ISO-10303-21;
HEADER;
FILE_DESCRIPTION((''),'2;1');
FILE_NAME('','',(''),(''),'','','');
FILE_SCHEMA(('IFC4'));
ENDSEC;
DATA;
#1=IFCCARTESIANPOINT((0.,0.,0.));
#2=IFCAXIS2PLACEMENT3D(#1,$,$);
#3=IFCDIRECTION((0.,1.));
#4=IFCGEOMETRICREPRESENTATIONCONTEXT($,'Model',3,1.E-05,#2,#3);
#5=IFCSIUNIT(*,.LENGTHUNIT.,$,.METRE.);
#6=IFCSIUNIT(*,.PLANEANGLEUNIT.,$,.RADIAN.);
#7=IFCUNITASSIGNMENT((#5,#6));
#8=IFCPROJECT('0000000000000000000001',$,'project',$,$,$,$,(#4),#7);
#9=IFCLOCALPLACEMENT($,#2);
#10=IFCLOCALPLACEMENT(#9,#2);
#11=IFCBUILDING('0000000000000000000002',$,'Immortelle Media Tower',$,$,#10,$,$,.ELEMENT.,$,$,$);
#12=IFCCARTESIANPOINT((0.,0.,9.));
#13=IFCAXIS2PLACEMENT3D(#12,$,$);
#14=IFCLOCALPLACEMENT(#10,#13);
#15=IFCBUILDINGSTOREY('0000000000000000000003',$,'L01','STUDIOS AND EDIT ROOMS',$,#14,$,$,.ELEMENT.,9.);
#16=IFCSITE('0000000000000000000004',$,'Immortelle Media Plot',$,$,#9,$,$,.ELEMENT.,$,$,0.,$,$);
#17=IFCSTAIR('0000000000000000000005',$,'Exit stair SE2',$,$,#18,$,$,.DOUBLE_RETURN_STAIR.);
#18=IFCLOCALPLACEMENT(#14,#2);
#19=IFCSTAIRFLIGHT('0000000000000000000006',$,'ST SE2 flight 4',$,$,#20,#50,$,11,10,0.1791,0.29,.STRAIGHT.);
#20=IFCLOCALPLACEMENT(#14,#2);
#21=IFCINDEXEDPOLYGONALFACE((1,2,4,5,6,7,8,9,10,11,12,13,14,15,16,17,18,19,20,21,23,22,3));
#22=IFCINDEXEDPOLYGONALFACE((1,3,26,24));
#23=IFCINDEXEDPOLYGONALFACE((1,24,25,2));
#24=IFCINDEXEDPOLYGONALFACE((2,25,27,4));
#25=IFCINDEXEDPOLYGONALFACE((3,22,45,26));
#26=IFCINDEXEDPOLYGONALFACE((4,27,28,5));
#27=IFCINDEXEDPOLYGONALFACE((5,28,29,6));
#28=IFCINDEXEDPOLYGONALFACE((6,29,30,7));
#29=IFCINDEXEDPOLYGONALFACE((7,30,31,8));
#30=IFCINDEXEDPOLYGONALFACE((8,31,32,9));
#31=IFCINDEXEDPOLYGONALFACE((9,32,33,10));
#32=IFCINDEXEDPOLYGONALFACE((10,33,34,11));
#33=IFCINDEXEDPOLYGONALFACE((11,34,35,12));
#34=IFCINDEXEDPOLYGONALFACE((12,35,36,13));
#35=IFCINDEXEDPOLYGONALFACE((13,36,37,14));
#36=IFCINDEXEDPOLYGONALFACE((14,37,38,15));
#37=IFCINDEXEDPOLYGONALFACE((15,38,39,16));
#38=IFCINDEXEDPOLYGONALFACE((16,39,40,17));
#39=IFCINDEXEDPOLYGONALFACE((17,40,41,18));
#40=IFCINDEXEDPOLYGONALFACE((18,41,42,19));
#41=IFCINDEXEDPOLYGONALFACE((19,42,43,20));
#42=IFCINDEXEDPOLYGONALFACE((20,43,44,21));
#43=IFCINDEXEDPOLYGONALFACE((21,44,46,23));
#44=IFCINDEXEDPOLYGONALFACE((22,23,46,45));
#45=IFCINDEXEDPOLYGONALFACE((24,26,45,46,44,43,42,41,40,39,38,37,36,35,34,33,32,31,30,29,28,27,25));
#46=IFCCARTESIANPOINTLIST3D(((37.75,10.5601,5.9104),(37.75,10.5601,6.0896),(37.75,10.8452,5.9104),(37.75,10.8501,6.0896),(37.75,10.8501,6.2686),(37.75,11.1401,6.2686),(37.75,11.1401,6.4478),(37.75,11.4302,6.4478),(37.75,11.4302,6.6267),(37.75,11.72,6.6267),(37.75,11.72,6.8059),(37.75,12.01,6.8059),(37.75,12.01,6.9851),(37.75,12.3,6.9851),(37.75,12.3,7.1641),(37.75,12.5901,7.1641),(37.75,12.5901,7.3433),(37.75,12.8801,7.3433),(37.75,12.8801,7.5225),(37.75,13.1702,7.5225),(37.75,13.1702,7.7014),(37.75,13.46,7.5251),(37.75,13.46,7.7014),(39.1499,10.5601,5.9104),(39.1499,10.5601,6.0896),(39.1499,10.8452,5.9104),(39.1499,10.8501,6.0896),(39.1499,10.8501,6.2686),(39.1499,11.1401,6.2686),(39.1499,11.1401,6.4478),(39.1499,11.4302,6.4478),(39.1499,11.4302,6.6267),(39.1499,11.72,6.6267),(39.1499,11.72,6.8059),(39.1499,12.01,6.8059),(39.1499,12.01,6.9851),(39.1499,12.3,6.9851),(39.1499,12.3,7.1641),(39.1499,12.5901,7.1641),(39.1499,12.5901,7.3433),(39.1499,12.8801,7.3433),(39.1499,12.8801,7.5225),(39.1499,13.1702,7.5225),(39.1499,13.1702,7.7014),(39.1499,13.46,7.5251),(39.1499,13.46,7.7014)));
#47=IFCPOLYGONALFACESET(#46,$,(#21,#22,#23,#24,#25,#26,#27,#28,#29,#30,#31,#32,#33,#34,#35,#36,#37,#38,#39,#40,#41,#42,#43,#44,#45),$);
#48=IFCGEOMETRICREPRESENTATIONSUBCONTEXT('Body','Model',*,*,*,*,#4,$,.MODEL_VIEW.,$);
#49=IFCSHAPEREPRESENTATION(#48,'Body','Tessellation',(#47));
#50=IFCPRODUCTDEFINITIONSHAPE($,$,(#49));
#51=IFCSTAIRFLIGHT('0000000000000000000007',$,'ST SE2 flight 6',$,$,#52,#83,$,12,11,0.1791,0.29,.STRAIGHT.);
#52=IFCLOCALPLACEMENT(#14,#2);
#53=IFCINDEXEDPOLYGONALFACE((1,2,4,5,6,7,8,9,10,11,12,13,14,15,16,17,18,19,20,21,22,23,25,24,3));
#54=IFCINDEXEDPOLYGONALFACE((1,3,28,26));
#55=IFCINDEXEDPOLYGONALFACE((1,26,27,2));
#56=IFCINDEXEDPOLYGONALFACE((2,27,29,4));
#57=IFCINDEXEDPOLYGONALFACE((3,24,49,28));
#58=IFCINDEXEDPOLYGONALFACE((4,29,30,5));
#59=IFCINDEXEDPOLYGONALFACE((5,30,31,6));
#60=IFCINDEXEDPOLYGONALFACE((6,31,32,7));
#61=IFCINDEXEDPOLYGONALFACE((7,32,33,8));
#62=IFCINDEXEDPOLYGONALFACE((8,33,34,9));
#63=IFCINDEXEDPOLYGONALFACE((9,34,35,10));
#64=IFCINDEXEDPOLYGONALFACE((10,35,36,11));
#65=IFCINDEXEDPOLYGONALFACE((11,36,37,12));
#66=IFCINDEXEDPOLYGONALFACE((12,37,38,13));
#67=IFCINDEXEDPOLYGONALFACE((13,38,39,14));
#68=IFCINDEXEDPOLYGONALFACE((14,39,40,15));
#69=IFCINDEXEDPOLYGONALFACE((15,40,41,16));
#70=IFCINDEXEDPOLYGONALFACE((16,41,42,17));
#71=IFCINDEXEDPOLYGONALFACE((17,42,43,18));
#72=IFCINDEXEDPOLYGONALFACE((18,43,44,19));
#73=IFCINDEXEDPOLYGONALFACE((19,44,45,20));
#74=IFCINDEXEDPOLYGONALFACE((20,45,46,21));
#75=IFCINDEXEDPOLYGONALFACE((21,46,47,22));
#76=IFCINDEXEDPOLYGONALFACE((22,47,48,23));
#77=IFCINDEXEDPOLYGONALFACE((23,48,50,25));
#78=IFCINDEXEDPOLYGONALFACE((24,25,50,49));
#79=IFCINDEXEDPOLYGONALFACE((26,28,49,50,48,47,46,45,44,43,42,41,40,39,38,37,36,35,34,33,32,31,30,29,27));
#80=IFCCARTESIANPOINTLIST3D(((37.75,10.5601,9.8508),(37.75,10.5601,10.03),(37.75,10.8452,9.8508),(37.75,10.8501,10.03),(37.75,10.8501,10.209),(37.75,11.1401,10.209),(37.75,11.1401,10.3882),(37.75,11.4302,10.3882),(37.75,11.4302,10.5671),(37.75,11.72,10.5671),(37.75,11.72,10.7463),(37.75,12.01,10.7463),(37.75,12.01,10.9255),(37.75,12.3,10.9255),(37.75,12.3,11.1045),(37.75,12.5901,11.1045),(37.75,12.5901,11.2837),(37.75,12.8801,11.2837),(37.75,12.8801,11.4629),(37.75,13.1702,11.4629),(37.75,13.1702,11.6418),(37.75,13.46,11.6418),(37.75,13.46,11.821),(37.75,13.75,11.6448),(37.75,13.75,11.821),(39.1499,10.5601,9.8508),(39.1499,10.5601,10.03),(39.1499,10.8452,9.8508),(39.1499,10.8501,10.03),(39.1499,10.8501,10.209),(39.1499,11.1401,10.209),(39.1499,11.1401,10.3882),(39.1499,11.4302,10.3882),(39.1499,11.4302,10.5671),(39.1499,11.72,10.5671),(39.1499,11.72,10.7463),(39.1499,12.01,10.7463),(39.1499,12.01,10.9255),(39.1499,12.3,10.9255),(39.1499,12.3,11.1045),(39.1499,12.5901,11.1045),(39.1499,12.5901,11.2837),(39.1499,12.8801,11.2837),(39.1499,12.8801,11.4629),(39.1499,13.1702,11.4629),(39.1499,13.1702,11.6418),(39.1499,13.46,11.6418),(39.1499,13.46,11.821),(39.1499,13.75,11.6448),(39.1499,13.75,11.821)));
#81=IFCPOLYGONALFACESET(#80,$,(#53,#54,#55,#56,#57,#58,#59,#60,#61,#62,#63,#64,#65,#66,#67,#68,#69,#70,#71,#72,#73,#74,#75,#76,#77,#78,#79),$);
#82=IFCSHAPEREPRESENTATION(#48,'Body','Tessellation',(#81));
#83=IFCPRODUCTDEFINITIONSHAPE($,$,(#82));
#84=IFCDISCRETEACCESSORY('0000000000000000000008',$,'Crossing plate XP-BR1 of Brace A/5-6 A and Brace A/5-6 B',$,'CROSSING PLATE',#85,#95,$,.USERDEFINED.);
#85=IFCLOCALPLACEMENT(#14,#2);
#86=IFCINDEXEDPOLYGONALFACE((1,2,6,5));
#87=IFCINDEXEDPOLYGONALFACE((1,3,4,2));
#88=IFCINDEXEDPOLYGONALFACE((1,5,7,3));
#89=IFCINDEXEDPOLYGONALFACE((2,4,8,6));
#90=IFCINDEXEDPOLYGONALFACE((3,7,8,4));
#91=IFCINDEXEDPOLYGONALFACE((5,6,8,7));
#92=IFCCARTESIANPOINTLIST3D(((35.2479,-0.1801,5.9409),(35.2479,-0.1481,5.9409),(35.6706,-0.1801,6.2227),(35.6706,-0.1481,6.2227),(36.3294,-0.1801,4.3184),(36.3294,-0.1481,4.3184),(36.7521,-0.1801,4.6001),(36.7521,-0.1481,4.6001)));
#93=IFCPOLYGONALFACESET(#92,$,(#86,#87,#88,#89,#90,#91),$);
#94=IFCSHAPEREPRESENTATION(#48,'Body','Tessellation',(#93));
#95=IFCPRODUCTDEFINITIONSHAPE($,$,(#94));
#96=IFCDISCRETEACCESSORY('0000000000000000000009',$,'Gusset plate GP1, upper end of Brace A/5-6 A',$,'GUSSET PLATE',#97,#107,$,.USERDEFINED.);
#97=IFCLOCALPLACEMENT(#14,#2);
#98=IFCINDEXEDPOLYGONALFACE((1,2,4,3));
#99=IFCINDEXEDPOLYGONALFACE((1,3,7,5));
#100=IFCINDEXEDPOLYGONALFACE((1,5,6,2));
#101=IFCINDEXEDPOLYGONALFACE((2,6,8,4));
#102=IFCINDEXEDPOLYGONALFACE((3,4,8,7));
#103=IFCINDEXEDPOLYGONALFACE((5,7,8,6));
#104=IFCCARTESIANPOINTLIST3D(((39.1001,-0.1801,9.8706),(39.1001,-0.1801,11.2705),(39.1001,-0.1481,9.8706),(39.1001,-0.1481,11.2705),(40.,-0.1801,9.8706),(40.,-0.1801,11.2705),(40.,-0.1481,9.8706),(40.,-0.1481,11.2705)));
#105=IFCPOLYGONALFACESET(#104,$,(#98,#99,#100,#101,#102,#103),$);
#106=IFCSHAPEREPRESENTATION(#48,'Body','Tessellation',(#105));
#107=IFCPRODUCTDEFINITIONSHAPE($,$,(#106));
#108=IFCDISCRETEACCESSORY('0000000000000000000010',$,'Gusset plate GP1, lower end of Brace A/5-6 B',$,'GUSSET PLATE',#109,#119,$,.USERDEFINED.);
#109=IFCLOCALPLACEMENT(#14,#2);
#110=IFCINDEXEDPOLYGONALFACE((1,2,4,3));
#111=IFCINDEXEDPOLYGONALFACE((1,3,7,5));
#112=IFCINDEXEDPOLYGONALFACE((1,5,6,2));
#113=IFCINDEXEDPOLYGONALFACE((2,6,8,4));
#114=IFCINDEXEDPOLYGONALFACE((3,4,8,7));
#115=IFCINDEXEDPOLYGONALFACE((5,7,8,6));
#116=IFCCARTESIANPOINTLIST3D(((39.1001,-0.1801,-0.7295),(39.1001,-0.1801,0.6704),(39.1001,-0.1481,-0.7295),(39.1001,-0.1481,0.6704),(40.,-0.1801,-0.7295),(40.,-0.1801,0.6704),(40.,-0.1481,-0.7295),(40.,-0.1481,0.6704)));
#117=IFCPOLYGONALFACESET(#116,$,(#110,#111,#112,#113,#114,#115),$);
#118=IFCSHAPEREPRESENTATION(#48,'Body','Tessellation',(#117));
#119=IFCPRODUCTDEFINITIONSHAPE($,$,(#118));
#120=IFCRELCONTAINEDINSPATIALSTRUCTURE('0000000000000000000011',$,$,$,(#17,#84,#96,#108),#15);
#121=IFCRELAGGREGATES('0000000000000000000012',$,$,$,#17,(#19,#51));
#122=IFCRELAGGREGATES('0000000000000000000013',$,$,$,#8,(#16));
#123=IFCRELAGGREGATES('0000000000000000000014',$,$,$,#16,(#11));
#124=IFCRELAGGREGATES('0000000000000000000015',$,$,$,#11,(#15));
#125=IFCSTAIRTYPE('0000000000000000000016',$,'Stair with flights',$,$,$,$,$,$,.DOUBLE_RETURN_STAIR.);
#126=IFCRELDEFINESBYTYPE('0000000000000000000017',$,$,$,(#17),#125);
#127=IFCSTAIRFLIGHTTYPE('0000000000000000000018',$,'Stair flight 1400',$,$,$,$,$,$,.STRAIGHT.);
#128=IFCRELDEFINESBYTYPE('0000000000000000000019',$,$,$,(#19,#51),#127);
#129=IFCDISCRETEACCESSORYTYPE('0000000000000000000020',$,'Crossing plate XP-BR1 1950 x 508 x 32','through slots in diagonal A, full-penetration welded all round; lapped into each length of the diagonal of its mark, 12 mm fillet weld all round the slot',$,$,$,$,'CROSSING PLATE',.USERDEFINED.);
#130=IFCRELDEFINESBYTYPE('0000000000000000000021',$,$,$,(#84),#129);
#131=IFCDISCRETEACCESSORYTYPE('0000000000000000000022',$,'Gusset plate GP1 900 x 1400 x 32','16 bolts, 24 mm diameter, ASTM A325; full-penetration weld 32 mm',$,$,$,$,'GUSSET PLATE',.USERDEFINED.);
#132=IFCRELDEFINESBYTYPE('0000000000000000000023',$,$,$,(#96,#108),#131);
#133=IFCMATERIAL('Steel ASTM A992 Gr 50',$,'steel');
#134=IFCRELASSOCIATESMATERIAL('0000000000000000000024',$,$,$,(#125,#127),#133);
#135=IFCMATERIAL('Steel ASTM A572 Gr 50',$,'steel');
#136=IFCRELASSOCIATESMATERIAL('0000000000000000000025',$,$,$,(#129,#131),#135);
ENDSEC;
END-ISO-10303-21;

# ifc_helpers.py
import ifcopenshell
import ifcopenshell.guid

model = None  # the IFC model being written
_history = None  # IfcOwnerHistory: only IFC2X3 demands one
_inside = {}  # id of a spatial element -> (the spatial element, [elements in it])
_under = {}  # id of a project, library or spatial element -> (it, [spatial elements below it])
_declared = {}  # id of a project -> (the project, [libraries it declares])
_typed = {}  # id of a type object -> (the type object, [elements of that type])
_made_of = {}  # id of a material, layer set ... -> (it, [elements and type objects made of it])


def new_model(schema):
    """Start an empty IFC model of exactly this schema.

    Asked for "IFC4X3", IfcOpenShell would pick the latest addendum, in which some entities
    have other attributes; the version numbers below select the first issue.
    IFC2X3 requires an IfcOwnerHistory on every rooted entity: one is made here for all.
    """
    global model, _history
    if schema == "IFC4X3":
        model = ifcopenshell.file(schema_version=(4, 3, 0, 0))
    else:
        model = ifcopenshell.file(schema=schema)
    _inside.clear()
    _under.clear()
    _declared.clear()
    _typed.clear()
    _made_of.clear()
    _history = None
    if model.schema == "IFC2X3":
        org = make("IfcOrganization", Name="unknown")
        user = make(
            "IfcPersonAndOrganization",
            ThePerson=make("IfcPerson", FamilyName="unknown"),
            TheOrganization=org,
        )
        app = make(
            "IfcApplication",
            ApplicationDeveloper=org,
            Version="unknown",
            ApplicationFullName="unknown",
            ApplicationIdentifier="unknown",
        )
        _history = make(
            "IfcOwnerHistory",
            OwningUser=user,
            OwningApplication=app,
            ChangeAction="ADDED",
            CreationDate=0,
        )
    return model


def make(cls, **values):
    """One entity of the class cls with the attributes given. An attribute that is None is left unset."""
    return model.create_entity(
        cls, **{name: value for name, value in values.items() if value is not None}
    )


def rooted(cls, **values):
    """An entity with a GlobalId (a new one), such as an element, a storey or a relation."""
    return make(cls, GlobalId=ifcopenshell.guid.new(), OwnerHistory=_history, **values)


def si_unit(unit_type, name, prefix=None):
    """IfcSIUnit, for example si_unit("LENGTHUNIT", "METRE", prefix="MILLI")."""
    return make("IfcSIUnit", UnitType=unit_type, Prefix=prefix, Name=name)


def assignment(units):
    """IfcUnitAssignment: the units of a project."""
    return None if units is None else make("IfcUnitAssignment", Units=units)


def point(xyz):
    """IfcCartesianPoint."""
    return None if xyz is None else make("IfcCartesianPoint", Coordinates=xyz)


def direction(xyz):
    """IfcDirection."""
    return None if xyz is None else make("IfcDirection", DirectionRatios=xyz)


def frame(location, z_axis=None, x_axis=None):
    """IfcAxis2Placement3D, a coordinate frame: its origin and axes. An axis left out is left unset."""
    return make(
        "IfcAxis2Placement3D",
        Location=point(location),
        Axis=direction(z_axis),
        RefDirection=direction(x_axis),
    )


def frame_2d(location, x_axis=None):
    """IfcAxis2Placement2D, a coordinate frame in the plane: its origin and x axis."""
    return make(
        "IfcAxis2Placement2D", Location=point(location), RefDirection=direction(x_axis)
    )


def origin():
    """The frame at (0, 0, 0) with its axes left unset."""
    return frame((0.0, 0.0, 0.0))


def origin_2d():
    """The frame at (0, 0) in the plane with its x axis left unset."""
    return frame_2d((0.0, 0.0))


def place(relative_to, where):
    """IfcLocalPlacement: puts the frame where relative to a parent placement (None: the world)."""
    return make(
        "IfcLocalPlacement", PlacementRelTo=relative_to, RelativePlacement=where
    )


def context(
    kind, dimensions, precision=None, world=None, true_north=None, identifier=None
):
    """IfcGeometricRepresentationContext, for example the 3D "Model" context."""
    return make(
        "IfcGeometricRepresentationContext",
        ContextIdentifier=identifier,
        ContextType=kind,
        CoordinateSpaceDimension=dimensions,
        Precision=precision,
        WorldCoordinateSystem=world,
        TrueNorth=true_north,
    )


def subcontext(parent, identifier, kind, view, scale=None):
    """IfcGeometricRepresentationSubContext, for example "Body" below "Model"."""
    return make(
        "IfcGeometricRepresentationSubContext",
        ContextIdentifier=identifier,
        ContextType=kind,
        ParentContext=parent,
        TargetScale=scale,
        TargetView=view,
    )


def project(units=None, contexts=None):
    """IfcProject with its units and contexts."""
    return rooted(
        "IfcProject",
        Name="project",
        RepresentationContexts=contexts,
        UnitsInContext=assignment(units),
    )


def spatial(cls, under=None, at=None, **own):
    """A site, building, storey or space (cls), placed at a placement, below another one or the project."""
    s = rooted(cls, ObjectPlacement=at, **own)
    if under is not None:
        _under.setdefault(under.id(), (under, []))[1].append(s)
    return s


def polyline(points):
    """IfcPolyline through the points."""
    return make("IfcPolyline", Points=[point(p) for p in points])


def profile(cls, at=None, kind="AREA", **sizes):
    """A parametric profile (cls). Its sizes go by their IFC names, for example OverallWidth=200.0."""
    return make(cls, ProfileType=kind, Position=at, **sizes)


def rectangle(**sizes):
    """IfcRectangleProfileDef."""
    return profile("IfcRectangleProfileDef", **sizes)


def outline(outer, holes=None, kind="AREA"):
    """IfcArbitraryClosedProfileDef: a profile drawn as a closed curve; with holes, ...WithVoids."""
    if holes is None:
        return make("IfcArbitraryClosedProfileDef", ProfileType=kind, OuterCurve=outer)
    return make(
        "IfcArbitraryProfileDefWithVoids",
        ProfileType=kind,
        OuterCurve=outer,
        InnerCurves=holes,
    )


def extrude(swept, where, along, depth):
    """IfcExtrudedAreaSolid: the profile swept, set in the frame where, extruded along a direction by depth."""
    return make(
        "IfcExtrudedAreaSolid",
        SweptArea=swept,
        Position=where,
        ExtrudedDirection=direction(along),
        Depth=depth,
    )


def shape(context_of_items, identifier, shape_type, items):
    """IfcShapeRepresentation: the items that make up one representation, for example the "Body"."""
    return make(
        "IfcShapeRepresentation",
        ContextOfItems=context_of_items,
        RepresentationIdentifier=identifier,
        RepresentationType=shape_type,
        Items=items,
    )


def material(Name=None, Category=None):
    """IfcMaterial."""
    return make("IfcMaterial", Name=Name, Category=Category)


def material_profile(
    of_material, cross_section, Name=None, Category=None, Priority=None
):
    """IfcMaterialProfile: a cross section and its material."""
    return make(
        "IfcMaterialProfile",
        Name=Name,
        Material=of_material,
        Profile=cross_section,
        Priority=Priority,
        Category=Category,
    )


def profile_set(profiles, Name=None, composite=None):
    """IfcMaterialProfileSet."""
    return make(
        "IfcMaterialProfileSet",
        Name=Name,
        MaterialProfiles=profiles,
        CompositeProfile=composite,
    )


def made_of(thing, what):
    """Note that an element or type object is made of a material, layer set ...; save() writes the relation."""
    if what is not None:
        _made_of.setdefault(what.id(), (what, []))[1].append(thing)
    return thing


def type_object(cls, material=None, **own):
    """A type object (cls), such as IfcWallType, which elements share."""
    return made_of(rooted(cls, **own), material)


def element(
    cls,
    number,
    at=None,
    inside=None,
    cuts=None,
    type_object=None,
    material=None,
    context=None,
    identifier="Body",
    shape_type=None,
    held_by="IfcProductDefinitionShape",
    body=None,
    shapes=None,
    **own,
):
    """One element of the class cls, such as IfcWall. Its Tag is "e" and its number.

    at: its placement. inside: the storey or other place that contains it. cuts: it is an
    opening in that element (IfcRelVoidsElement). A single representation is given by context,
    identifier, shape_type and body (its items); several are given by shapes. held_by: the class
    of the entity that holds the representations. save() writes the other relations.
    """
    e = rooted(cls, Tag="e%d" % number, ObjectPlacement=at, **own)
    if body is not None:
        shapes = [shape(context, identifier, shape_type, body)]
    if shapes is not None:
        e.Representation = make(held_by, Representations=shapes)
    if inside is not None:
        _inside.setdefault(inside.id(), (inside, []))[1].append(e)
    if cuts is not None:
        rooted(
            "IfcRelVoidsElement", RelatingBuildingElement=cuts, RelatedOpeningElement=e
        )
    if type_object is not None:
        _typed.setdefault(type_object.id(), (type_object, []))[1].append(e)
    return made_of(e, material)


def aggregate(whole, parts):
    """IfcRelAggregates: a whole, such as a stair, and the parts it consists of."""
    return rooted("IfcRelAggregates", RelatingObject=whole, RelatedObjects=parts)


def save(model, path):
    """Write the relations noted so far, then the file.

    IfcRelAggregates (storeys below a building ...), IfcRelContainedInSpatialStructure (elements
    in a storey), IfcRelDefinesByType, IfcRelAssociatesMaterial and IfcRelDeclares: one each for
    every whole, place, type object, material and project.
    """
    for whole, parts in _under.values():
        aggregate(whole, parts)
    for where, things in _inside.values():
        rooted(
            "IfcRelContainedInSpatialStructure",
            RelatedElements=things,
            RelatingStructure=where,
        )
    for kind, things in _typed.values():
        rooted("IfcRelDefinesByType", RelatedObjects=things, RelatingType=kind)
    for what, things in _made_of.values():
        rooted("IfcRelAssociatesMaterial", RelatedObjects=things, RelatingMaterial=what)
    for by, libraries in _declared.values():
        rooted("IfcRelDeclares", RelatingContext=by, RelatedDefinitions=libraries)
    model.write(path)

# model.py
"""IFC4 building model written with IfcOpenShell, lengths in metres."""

from ifc_helpers import new_model, si_unit, direction, frame, origin, origin_2d, place, context, subcontext, project, spatial, polyline, rectangle, outline, extrude, material, material_profile, profile_set, type_object, element, aggregate, save


model = new_model("IFC4")

# Units and contexts
model_context = context("Model", 3, precision=1e-05, world=origin(), true_north=direction((0.0, 1.0)))
body_context = subcontext(model_context, "Body", "Model", "MODEL_VIEW")
ifc_project = project(units=[si_unit("LENGTHUNIT", "METRE"), si_unit("PLANEANGLEUNIT", "RADIAN")], contexts=[model_context])

# Site, building, storey
site_placement = place(None, origin())
site = spatial("IfcSite", under=ifc_project, at=site_placement, Name="Immortelle Media Plot", CompositionType="ELEMENT", RefElevation=0.0)
building_placement = place(site_placement, origin())
building = spatial("IfcBuilding", under=site, at=building_placement, Name="Immortelle Media Tower", CompositionType="ELEMENT")
storey_placement = place(building_placement, frame((0.0, 0.0, 9.0)))
storey = spatial("IfcBuildingStorey", under=building, at=storey_placement, Name="L01", Description="STUDIOS AND EDIT ROOMS", CompositionType="ELEMENT", Elevation=9.0)

# Shared definitions
ifc_material_1 = material(Name="Steel ASTM A992 Gr 50", Category="steel")

# Stair, stair flights
stair_type = type_object("IfcStairType", Name="Stair with flights", PredefinedType="DOUBLE_RETURN_STAIR", material=ifc_material_1)
stair_flight_type = type_object("IfcStairFlightType", Name="Stair flight 1400", PredefinedType="STRAIGHT", material=ifc_material_1)
stair_1_placement = place(storey_placement, origin())
stair_1 = element("IfcStair", 1, at=stair_1_placement, inside=storey, type_object=stair_type, Name="Exit stair SE2", PredefinedType="DOUBLE_RETURN_STAIR")
stair_flight_1_placement = place(storey_placement, frame((38.45, 10.5601, 5.9104), z_axis=(0.0, 0.0, 1.0), x_axis=(0.0, 1.0, 0.0)))
stair_flight_1 = element("IfcStairFlight", 2, at=stair_flight_1_placement, type_object=stair_flight_type, Name="ST SE2 flight 4", NumberOfRisers=11, NumberOfTreads=10, PredefinedType="STRAIGHT", RiserHeight=0.1791, TreadLength=0.29, context=body_context, shape_type="SweptSolid", body=[
    extrude(outline(polyline([(0.0, 0.0), (0.0, 0.1792), (0.29, 0.1792), (0.29, 0.3582), (0.5801, 0.3582), (0.5801, 0.5374), (0.8701, 0.5374), (0.8701, 0.7163), (1.1599, 0.7163), (1.1599, 0.8955), (1.45, 0.8955), (1.45, 1.0747), (1.74, 1.0747), (1.74, 1.2537), (2.03, 1.2537), (2.03, 1.4329), (2.3201, 1.4329), (2.3201, 1.6121), (2.6101, 1.6121), (2.6101, 1.791), (2.8999, 1.791), (2.8999, 1.9702), (2.8999, 1.6147), (0.2852, 0.0), (0.0, 0.0)])), frame((0.0, 0.7, 0.0), z_axis=(0.0, -1.0, 0.0), x_axis=(1.0, 0.0, 0.0)), (0.0, 0.0, 1.0), 1.3999),
])
stair_flight_2_placement = place(storey_placement, frame((38.45, 10.5601, 9.8508), z_axis=(0.0, 0.0, 1.0), x_axis=(0.0, 1.0, 0.0)))
stair_flight_2 = element("IfcStairFlight", 3, at=stair_flight_2_placement, type_object=stair_flight_type, Name="ST SE2 flight 6", NumberOfRisers=12, NumberOfTreads=11, PredefinedType="STRAIGHT", RiserHeight=0.1791, TreadLength=0.29, context=body_context, shape_type="SweptSolid", body=[
    extrude(outline(polyline([(0.0, 0.0), (0.0, 0.1792), (0.29, 0.1792), (0.29, 0.3582), (0.5801, 0.3582), (0.5801, 0.5374), (0.8701, 0.5374), (0.8701, 0.7163), (1.1599, 0.7163), (1.1599, 0.8955), (1.45, 0.8955), (1.45, 1.0747), (1.74, 1.0747), (1.74, 1.2537), (2.03, 1.2537), (2.03, 1.4329), (2.3201, 1.4329), (2.3201, 1.6121), (2.6101, 1.6121), (2.6101, 1.791), (2.8999, 1.791), (2.8999, 1.9702), (3.1899, 1.9702), (3.1899, 2.1492), (3.1899, 1.7939), (0.2852, 0.0), (0.0, 0.0)])), frame((0.0, 0.7, 0.0), z_axis=(0.0, -1.0, 0.0), x_axis=(1.0, 0.0, 0.0)), (0.0, 0.0, 1.0), 1.3999),
])
aggregate(stair_1, [stair_flight_1, stair_flight_2])

# Discrete accessories
ifc_material_2 = material(Name="Steel ASTM A572 Gr 50", Category="steel")
ifc_material_profile_1 = material_profile(ifc_material_2, rectangle(XDim=0.032, YDim=0.5081, at=origin_2d()), Name="PL 32 x 508")
ifc_profile_set_1 = profile_set([ifc_material_profile_1], Name="Steel ASTM A572 Gr 50")
discrete_accessory_type_1 = type_object("IfcDiscreteAccessoryType", Name="Crossing plate XP-BR1 1950 x 508 x 32", Description="through slots in diagonal A, full-penetration welded all round; lapped into each length of the diagonal of its mark, 12 mm fillet weld all round the slot", ElementType="CROSSING PLATE", PredefinedType="USERDEFINED", material=ifc_profile_set_1)
discrete_accessory_placement = place(storey_placement, frame((35.4592, -0.1641, 6.0818), z_axis=(0.554642, 0.0, -0.832089), x_axis=(0.0, 1.0, 0.0)))
element("IfcDiscreteAccessory", 4, at=discrete_accessory_placement, inside=storey, type_object=discrete_accessory_type_1, Name="Crossing plate XP-BR1 of Brace A/5-6 A and Brace A/5-6 B", ObjectType="CROSSING PLATE", PredefinedType="USERDEFINED", context=body_context, shape_type="SweptSolid", body=[
    extrude(rectangle(XDim=0.032, YDim=0.5081, at=origin_2d()), origin(), (0.0, 0.0, 1.0), 1.95),
])
ifc_material_profile_2 = material_profile(ifc_material_2, rectangle(XDim=0.032, YDim=1.3999, at=origin_2d()), Name="PL 32 x 1400")
ifc_profile_set_2 = profile_set([ifc_material_profile_2], Name="Steel ASTM A572 Gr 50")
discrete_accessory_type_2 = type_object("IfcDiscreteAccessoryType", Name="Gusset plate GP1 900 x 1400 x 32", Description="16 bolts, 24 mm diameter, ASTM A325; full-penetration weld 32 mm", ElementType="GUSSET PLATE", PredefinedType="USERDEFINED", material=ifc_profile_set_2)
for number, where, z_axis, x_axis, name in (
    (5, (40.0, -0.1641, 10.5706), (-1.0, 0.0, 0.0), (0.0, -1.0, 0.0), "Gusset plate GP1, upper end of Brace A/5-6 A"),
    (6, (40.0, -0.1641, -0.0295), (-1.0, 0.0, 0.0), (0.0, -1.0, 0.0), "Gusset plate GP1, lower end of Brace A/5-6 B"),
):
    element("IfcDiscreteAccessory", number, at=place(storey_placement, frame(where, z_axis=z_axis, x_axis=x_axis)), inside=storey, type_object=discrete_accessory_type_2, Name=name, ObjectType="GUSSET PLATE", PredefinedType="USERDEFINED", context=body_context, shape_type="SweptSolid", body=[
        extrude(rectangle(XDim=0.032, YDim=1.3999, at=origin_2d()), origin(), (0.0, 0.0, 1.0), 0.8999),
    ])

save(model, "model.ifc")
